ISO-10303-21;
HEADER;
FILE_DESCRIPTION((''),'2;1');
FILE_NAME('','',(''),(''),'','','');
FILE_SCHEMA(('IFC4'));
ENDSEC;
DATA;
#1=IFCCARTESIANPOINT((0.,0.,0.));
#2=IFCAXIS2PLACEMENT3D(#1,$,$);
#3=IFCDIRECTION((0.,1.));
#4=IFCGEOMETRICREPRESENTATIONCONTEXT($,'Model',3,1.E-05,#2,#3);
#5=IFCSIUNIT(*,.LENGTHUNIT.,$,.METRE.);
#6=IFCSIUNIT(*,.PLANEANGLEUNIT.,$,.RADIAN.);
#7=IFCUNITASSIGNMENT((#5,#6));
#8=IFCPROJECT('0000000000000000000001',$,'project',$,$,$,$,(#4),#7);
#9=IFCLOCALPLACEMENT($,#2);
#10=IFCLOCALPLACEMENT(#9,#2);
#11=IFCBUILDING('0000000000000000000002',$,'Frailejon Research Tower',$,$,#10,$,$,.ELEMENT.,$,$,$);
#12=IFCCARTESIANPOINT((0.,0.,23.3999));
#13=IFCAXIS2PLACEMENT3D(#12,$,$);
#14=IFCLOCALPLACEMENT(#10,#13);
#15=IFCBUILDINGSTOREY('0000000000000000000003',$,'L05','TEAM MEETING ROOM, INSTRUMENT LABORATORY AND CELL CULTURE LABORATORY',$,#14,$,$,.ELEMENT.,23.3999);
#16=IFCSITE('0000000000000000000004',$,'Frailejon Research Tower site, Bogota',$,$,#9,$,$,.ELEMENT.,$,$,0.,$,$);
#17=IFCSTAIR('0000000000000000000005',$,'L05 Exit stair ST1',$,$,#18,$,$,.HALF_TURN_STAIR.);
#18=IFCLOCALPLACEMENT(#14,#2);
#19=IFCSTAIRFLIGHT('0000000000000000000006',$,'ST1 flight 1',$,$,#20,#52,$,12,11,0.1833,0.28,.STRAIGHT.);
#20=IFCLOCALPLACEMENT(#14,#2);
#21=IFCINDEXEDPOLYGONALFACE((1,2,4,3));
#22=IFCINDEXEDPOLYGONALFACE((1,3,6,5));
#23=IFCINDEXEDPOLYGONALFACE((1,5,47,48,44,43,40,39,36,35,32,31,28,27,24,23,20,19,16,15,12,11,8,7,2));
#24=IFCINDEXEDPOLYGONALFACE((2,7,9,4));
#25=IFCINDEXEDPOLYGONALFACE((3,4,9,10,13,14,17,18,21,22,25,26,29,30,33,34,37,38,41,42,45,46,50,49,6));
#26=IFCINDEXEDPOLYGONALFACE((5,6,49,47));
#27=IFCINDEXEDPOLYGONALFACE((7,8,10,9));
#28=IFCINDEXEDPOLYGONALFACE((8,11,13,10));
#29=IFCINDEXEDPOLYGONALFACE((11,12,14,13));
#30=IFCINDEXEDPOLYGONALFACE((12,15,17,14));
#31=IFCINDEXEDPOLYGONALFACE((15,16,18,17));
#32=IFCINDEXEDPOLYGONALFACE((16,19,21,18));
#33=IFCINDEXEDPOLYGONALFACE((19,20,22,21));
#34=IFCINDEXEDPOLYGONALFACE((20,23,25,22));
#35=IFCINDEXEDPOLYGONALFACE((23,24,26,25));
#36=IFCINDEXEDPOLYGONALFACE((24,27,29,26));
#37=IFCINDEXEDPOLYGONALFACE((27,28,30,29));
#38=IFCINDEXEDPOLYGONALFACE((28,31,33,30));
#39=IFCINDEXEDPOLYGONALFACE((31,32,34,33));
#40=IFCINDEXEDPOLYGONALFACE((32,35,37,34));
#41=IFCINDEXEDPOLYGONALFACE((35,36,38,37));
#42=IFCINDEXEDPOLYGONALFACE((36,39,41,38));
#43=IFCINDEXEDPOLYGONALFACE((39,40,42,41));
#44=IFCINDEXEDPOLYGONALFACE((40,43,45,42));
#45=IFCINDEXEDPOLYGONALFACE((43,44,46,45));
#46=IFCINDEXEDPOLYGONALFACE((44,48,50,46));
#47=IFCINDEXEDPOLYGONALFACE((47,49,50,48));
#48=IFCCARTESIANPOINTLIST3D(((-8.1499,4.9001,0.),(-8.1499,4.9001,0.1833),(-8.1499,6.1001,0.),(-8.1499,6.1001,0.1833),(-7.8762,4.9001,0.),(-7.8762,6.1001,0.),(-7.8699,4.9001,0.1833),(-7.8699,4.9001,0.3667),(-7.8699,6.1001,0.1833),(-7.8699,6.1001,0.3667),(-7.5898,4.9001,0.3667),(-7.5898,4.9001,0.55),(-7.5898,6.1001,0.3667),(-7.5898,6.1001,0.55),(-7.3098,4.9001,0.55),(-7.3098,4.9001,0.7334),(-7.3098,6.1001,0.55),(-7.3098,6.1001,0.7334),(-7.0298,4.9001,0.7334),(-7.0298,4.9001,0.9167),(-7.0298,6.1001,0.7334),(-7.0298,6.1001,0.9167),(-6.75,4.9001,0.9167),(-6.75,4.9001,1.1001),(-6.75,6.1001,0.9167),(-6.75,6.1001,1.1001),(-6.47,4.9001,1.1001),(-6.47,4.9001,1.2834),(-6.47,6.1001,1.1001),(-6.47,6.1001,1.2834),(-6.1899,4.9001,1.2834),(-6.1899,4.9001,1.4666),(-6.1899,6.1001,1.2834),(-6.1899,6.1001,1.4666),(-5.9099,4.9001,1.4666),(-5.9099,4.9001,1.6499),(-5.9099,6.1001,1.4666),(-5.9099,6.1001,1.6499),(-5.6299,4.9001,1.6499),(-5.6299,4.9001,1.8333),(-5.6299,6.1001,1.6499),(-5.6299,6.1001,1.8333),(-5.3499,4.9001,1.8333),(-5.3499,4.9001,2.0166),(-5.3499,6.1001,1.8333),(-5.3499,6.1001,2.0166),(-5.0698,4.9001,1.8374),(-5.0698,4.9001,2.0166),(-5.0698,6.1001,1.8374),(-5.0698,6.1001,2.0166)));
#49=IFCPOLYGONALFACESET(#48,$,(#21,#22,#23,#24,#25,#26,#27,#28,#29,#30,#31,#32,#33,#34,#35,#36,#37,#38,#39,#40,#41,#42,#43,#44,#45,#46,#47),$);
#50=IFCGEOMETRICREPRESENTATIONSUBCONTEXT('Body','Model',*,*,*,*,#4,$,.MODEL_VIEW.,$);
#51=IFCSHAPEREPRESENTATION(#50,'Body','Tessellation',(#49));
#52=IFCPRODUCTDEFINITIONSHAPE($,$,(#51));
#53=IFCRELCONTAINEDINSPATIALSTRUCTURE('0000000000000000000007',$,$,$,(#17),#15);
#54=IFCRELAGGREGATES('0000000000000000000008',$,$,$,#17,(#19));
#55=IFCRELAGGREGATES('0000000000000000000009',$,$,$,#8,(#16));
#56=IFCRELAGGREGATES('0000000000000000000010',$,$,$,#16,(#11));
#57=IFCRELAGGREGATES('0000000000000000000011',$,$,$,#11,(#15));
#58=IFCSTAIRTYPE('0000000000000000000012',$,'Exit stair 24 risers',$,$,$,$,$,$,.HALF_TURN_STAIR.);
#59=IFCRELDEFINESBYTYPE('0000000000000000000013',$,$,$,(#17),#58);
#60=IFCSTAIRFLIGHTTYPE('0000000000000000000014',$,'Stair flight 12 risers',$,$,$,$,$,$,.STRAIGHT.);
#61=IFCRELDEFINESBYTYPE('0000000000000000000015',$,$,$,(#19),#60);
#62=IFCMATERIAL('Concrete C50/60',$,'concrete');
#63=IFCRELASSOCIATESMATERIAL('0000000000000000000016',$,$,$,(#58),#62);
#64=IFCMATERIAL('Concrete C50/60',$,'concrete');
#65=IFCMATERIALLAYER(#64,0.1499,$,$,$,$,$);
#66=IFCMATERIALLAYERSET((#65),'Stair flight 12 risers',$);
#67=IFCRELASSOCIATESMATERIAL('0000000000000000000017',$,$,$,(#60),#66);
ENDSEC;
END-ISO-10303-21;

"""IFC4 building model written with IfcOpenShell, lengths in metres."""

from ifc_helpers import new_model, si_unit, direction, frame, origin, place, context, subcontext, project, spatial, polyline, outline, extrude, material, layer, layer_set, type_object, element, aggregate, save


model = new_model("IFC4")

# Units and contexts
model_context = context("Model", 3, precision=1e-05, world=origin(), true_north=direction((0.0, 1.0)))
body_context = subcontext(model_context, "Body", "Model", "MODEL_VIEW")
ifc_project = project(units=[si_unit("LENGTHUNIT", "METRE"), si_unit("PLANEANGLEUNIT", "RADIAN")], contexts=[model_context])

# Site, building, storey
site_placement = place(None, origin())
site = spatial("IfcSite", under=ifc_project, at=site_placement, Name="Frailejon Research Tower site, Bogota", CompositionType="ELEMENT", RefElevation=0.0)
building_placement = place(site_placement, origin())
building = spatial("IfcBuilding", under=site, at=building_placement, Name="Frailejon Research Tower", CompositionType="ELEMENT")
storey_placement = place(building_placement, frame((0.0, 0.0, 23.3999)))
storey = spatial("IfcBuildingStorey", under=building, at=storey_placement, Name="L05", Description="TEAM MEETING ROOM, INSTRUMENT LABORATORY AND CELL CULTURE LABORATORY", CompositionType="ELEMENT", Elevation=23.3999)

# Stair, stair flight
ifc_material_1 = material(Name="Concrete C50/60", Category="concrete")
stair_type = type_object("IfcStairType", Name="Exit stair 24 risers", PredefinedType="HALF_TURN_STAIR", material=ifc_material_1)
stair_placement = place(storey_placement, origin())
stair = element("IfcStair", 1, at=stair_placement, inside=storey, type_object=stair_type, Name="L05 Exit stair ST1", PredefinedType="HALF_TURN_STAIR")
ifc_material_2 = material(Name="Concrete C50/60", Category="concrete")
ifc_layer_1 = layer(ifc_material_2, 0.1499)
ifc_layer_set_1 = layer_set([ifc_layer_1], Name="Stair flight 12 risers")
stair_flight_type = type_object("IfcStairFlightType", Name="Stair flight 12 risers", PredefinedType="STRAIGHT", material=ifc_layer_set_1)
stair_flight_placement = place(storey_placement, frame((-8.1499, 5.5, 0.0), z_axis=(0.0, 0.0, 1.0), x_axis=(1.0, 0.0, 0.0)))
stair_flight = element("IfcStairFlight", 2, at=stair_flight_placement, type_object=stair_flight_type, Name="ST1 flight 1", NumberOfRisers=12, NumberOfTreads=11, PredefinedType="STRAIGHT", RiserHeight=0.1833, TreadLength=0.28, context=body_context, shape_type="SweptSolid", body=[
    extrude(outline(polyline([(0.0, 0.0), (0.0, 0.1833), (0.28, 0.1833), (0.28, 0.3667), (0.5601, 0.3667), (0.5601, 0.55), (0.8401, 0.55), (0.8401, 0.7334), (1.1201, 0.7334), (1.1201, 0.9167), (1.3999, 0.9167), (1.3999, 1.1001), (1.6799, 1.1001), (1.6799, 1.2834), (1.96, 1.2834), (1.96, 1.4666), (2.24, 1.4666), (2.24, 1.6499), (2.52, 1.6499), (2.52, 1.8333), (2.8, 1.8333), (2.8, 2.0166), (3.0801, 2.0166), (3.0801, 2.2), (3.0801, 1.8374), (0.2737, 0.0), (0.0, 0.0)])), frame((0.0, 0.6001, 0.0), z_axis=(0.0, -1.0, 0.0), x_axis=(1.0, 0.0, 0.0)), (0.0, 0.0, 1.0), 1.2),
])
aggregate(stair, [stair_flight])

save(model, "model.ifc")
